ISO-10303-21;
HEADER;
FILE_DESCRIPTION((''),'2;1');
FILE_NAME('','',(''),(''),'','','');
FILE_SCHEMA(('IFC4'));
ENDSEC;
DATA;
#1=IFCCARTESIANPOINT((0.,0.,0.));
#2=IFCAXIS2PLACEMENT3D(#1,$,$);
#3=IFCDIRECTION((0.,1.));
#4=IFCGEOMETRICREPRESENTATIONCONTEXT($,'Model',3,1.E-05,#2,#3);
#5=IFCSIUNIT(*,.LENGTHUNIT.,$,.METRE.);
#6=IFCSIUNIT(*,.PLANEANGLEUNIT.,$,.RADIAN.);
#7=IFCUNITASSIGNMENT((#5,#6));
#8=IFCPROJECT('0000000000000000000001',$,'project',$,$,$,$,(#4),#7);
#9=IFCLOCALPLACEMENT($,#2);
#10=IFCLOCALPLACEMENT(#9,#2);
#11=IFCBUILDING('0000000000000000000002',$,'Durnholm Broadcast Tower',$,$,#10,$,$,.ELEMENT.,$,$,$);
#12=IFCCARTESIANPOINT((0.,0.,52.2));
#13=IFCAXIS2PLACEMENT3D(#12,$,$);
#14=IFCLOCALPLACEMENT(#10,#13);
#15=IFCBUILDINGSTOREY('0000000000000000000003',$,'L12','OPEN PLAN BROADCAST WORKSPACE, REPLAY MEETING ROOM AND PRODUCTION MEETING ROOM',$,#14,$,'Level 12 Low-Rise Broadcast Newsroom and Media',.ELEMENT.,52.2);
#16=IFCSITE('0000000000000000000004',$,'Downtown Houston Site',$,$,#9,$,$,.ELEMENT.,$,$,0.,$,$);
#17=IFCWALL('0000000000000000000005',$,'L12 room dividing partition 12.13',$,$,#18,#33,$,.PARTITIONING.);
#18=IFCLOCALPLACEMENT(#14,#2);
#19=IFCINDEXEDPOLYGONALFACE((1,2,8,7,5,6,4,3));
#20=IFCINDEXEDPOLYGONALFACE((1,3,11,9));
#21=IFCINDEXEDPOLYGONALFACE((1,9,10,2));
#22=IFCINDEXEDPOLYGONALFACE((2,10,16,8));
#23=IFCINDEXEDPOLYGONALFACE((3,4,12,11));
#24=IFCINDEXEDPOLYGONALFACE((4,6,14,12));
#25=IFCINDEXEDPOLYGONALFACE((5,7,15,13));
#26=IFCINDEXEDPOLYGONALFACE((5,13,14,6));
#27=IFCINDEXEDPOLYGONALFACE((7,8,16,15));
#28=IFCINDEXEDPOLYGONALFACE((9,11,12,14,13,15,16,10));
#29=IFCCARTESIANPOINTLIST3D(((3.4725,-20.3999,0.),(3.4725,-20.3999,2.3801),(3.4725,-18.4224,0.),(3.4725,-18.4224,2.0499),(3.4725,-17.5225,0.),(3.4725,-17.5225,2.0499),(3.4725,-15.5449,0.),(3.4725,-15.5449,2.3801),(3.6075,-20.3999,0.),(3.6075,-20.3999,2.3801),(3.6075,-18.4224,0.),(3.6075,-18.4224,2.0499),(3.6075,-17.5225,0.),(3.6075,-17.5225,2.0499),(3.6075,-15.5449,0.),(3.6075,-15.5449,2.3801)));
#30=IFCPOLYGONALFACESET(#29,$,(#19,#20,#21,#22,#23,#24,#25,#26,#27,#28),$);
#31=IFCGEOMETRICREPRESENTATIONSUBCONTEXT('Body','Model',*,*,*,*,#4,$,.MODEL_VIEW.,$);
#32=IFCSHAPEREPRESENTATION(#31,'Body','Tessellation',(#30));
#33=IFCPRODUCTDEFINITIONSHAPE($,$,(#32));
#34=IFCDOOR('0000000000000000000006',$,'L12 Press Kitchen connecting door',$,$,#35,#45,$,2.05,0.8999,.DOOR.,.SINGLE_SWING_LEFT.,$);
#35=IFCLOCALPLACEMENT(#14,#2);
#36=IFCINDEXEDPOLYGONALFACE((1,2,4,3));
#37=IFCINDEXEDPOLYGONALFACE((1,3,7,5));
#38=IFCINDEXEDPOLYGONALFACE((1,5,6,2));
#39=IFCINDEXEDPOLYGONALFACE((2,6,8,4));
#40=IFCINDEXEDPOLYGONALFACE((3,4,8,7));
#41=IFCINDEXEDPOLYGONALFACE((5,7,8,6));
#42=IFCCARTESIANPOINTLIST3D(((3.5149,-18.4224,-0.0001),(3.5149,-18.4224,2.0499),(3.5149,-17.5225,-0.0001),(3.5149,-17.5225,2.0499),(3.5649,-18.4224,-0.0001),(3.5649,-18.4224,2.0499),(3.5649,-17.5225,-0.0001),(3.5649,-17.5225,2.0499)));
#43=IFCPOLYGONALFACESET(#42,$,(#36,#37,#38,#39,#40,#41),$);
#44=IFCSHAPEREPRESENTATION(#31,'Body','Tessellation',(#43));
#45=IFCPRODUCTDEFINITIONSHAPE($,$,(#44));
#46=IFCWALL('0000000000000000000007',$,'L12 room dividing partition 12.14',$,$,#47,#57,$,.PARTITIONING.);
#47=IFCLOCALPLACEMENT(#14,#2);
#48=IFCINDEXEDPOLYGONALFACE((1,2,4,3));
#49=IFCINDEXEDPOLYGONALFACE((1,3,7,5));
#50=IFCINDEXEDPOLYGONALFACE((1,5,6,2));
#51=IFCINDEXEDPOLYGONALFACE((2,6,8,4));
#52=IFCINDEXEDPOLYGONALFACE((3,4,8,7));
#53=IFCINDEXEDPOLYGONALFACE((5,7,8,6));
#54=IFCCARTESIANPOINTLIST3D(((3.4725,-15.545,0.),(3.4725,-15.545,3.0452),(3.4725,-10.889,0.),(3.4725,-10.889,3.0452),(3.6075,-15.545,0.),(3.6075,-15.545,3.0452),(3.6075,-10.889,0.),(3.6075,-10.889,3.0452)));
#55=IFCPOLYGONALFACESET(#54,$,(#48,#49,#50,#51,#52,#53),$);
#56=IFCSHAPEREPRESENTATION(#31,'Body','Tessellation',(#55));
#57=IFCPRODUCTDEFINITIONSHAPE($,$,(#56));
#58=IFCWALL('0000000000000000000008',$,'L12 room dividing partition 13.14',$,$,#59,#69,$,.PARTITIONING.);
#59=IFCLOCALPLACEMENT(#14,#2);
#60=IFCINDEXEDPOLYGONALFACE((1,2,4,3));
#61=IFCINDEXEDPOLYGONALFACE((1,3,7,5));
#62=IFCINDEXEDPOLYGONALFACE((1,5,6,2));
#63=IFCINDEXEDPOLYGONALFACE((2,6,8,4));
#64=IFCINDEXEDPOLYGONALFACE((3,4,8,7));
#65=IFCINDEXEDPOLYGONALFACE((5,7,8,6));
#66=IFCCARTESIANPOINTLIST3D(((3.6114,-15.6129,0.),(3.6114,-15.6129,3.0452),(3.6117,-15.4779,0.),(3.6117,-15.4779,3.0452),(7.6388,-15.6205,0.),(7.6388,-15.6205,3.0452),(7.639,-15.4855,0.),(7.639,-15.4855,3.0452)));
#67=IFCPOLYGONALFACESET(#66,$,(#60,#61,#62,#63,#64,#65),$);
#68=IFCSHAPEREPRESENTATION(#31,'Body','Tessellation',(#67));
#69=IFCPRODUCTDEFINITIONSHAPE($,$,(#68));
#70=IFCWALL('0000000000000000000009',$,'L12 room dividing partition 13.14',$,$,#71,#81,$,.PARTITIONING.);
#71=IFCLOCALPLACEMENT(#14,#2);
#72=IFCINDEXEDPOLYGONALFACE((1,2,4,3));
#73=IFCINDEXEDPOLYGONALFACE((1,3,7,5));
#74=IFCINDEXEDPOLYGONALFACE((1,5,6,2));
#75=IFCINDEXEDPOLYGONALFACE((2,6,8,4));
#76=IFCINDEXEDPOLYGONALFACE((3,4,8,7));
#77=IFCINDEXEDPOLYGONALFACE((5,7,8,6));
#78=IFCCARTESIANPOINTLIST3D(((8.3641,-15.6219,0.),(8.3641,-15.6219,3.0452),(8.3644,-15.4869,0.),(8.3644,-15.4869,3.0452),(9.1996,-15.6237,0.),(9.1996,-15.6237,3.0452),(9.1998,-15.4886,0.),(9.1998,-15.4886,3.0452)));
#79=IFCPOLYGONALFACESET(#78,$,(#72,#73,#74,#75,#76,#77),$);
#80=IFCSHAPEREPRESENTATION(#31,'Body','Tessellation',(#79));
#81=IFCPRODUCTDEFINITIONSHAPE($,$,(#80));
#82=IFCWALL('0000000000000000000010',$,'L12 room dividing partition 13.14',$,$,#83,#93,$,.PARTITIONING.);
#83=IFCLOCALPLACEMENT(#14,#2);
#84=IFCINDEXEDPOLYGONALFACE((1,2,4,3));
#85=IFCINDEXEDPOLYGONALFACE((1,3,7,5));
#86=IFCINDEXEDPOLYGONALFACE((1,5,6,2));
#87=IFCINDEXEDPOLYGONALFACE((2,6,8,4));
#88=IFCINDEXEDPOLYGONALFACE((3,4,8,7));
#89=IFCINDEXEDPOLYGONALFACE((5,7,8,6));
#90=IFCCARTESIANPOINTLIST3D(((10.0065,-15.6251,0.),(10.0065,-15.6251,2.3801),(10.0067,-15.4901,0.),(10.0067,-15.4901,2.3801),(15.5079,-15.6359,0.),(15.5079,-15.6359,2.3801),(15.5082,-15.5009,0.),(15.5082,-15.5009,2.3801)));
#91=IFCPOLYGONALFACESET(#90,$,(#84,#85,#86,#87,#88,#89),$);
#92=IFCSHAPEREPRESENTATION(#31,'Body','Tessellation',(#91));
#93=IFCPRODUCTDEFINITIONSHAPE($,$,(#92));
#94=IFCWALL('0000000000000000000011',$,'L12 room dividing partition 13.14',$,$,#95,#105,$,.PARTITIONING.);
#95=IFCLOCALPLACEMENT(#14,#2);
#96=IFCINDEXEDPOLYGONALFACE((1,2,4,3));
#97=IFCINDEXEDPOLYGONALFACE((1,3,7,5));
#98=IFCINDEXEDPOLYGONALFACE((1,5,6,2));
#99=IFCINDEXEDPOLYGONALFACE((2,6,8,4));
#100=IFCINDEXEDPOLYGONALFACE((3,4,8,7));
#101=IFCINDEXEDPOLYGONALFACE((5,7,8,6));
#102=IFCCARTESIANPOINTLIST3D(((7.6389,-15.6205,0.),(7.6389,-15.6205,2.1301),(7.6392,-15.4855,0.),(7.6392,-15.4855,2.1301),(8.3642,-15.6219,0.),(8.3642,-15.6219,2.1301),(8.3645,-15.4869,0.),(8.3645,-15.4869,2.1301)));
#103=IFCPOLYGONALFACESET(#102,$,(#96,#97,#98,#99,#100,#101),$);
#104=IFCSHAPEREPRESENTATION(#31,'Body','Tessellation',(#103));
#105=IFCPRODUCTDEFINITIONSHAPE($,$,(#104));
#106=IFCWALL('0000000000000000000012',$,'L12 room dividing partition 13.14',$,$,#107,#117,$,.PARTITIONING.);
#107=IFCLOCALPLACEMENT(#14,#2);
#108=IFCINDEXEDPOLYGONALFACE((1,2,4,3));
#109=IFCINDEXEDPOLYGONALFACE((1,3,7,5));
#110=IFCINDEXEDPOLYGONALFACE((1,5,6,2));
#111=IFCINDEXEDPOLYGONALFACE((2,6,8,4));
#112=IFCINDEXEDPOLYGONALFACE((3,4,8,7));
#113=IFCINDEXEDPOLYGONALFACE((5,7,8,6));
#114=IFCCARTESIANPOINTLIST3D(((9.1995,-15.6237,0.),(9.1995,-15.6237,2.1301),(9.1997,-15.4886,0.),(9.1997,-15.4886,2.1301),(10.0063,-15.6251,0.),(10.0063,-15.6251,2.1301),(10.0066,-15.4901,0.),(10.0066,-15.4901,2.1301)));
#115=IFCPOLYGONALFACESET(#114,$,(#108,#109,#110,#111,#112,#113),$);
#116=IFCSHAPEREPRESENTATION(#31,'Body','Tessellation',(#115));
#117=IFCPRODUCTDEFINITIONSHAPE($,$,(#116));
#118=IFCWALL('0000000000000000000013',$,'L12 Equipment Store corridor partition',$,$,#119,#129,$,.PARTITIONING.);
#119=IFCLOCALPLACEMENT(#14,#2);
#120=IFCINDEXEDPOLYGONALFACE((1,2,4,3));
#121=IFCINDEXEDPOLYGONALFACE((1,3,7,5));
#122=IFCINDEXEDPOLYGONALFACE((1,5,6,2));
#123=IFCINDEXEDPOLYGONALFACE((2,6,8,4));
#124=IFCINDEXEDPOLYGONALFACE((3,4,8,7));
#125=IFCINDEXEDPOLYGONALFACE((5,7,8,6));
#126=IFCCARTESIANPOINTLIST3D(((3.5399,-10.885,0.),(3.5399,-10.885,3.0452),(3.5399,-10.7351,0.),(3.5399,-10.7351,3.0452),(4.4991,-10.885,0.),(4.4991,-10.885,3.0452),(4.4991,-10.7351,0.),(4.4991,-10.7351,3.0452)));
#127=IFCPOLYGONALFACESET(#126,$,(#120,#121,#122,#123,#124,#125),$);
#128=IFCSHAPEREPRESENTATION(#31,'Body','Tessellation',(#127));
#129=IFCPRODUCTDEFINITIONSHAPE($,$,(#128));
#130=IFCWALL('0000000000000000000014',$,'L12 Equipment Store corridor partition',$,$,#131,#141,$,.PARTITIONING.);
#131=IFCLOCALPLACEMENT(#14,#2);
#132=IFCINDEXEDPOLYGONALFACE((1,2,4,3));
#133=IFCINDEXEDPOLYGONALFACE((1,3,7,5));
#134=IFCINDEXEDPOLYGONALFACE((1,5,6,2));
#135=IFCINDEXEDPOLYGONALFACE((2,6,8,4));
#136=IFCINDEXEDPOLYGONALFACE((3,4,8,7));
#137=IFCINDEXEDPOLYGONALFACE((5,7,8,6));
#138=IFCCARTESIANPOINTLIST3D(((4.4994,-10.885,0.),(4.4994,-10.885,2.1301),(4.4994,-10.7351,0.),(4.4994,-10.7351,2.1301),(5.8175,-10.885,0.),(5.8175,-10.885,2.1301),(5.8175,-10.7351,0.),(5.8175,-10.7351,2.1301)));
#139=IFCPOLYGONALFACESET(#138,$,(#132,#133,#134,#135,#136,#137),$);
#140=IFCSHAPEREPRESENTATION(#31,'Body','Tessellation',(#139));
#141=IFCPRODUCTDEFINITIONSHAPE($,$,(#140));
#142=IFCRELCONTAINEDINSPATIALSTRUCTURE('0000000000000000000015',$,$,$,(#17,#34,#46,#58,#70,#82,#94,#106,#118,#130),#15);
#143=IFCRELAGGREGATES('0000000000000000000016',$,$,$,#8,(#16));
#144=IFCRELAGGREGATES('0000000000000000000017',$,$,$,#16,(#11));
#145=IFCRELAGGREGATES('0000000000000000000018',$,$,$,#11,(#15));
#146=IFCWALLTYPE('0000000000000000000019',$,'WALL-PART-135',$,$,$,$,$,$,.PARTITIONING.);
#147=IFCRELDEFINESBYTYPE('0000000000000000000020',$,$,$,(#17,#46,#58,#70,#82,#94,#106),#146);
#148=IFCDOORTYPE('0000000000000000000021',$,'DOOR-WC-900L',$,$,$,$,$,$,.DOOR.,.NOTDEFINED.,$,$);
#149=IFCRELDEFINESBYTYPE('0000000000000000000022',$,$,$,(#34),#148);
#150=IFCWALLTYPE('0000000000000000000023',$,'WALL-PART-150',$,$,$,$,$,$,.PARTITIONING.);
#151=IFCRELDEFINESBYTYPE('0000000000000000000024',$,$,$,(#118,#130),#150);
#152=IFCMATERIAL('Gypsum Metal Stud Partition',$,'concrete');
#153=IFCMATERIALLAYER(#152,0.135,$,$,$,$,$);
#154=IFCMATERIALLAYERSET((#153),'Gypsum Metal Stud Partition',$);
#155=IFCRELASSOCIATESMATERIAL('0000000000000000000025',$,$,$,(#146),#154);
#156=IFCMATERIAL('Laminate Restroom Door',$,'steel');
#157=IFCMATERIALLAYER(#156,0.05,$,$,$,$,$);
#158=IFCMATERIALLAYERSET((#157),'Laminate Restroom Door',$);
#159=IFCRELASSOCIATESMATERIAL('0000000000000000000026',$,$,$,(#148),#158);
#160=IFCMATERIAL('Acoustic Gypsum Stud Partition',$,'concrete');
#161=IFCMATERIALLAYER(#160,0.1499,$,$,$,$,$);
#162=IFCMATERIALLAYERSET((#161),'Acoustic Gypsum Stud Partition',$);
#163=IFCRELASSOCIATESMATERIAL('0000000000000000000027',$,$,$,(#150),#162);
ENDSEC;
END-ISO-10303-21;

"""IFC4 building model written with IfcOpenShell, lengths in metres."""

from ifc_helpers import new_model, si_unit, direction, frame, frame_2d, origin, place, context, subcontext, project, spatial, rectangle, extrude, source, transform, mapped, material, layer, layer_set, type_object, type_shapes, element, fill, save


model = new_model("IFC4")

# Units and contexts
model_context = context("Model", 3, precision=1e-05, world=origin(), true_north=direction((0.0, 1.0)))
body_context = subcontext(model_context, "Body", "Model", "MODEL_VIEW")
ifc_project = project(units=[si_unit("LENGTHUNIT", "METRE"), si_unit("PLANEANGLEUNIT", "RADIAN")], contexts=[model_context])

# Site, building, storey
site_placement = place(None, origin())
site = spatial("IfcSite", under=ifc_project, at=site_placement, Name="Downtown Houston Site", CompositionType="ELEMENT", RefElevation=0.0)
building_placement = place(site_placement, origin())
building = spatial("IfcBuilding", under=site, at=building_placement, Name="Durnholm Broadcast Tower", CompositionType="ELEMENT")
storey_placement = place(building_placement, frame((0.0, 0.0, 52.2)))
storey = spatial("IfcBuildingStorey", under=building, at=storey_placement, Name="L12", Description="OPEN PLAN BROADCAST WORKSPACE, REPLAY MEETING ROOM AND PRODUCTION MEETING ROOM", LongName="Level 12 Low-Rise Broadcast Newsroom and Media", CompositionType="ELEMENT", Elevation=52.2)

# Wall, opening, door
ifc_material_1 = material(Name="Gypsum Metal Stud Partition", Category="concrete")
ifc_layer_1 = layer(ifc_material_1, 0.135)
ifc_layer_set_1 = layer_set([ifc_layer_1], Name="Gypsum Metal Stud Partition")
wall_type_1 = type_object("IfcWallType", Name="WALL-PART-135", PredefinedType="PARTITIONING", material=ifc_layer_set_1)
wall_1_placement = place(storey_placement, frame((3.54, -15.5449, 0.0), z_axis=(0.0, 0.0, 1.0), x_axis=(0.0, -1.0, 0.0)))
wall_1 = element("IfcWall", 1, at=wall_1_placement, inside=storey, type_object=wall_type_1, Name="L12 room dividing partition 12.13", PredefinedType="PARTITIONING", context=body_context, shape_type="SweptSolid", body=[
    extrude(rectangle(XDim=4.855, YDim=0.135, at=frame_2d((2.4275, 0.0))), origin(), (0.0, 0.0, 1.0), 2.3801),
])
opening_placement = place(wall_1_placement, frame((1.9775, 0.0, 0.0)))
opening = element("IfcOpeningElement", 2, at=opening_placement, cuts=wall_1, PredefinedType="OPENING", context=body_context, shape_type="SweptSolid", body=[
    extrude(rectangle(XDim=0.8999, YDim=2.05, at=frame_2d((0.45, 1.0249))), frame((0.0, 0.0776, 0.0), z_axis=(0.0, -1.0, 0.0), x_axis=(1.0, 0.0, 0.0)), (0.0, 0.0, 1.0), 0.155),
])
ifc_material_2 = material(Name="Laminate Restroom Door", Category="steel")
ifc_layer_2 = layer(ifc_material_2, 0.05)
ifc_layer_set_2 = layer_set([ifc_layer_2], Name="Laminate Restroom Door")
door_type = type_object("IfcDoorType", Name="DOOR-WC-900L", OperationType="NOTDEFINED", PredefinedType="DOOR", material=ifc_layer_set_2)
shared_shape_1 = source(origin(), body_context, "Body", "SweptSolid", [
    extrude(rectangle(XDim=0.8999, YDim=2.05, at=frame_2d((0.45, 1.0249))), frame((0.0, 0.0249, 0.0), z_axis=(0.0, -1.0, 0.0), x_axis=(1.0, 0.0, 0.0)), (0.0, 0.0, 1.0), 0.05),
])
type_shapes(door_type, [shared_shape_1])
door_placement = place(opening_placement, origin())
door = element("IfcDoor", 3, at=door_placement, inside=storey, type_object=door_type, Name="L12 Press Kitchen connecting door", OperationType="SINGLE_SWING_LEFT", OverallHeight=2.05, OverallWidth=0.8999, PredefinedType="DOOR", context=body_context, shape_type="MappedRepresentation", body=[
    mapped(shared_shape_1, transform((0.0, 0.0, 0.0), x_axis=(1.0, 0.0, 0.0), y_axis=(0.0, 1.0, 0.0), z_axis=(0.0, 0.0, 1.0), scale=1.0)),
])
fill(opening, door)

# Walls
wall_2_placement = place(storey_placement, frame((3.54, -10.8889, 0.0), z_axis=(0.0, 0.0, 1.0), x_axis=(0.0, -1.0, 0.0)))
element("IfcWall", 4, at=wall_2_placement, inside=storey, type_object=wall_type_1, Name="L12 room dividing partition 12.14", PredefinedType="PARTITIONING", context=body_context, shape_type="SweptSolid", body=[
    extrude(rectangle(XDim=4.656, YDim=0.135, at=frame_2d((2.3281, 0.0))), origin(), (0.0, 0.0, 1.0), 3.0452),
])
wall_3_placement = place(storey_placement, frame((3.6116, -15.5454, 0.0), z_axis=(0.0, 0.0, 1.0), x_axis=(0.999998, -0.001879, 0.0)))
element("IfcWall", 5, at=wall_3_placement, inside=storey, type_object=wall_type_1, Name="L12 room dividing partition 13.14", PredefinedType="PARTITIONING", context=body_context, shape_type="SweptSolid", body=[
    extrude(rectangle(XDim=4.0273, YDim=0.135, at=frame_2d((2.0137, 0.0))), origin(), (0.0, 0.0, 1.0), 3.0452),
])
wall_4_placement = place(storey_placement, frame((8.3643, -15.5544, 0.0), z_axis=(0.0, 0.0, 1.0), x_axis=(0.999998, -0.002046, 0.0)))
element("IfcWall", 6, at=wall_4_placement, inside=storey, type_object=wall_type_1, Name="L12 room dividing partition 13.14", PredefinedType="PARTITIONING", context=body_context, shape_type="SweptSolid", body=[
    extrude(rectangle(XDim=0.8354, YDim=0.135, at=frame_2d((0.4177, 0.0))), origin(), (0.0, 0.0, 1.0), 3.0452),
])
wall_5_placement = place(storey_placement, frame((10.0066, -15.5576, 0.0), z_axis=(0.0, 0.0, 1.0), x_axis=(0.999998, -0.001953, 0.0)))
element("IfcWall", 7, at=wall_5_placement, inside=storey, type_object=wall_type_1, Name="L12 room dividing partition 13.14", PredefinedType="PARTITIONING", context=body_context, shape_type="SweptSolid", body=[
    extrude(rectangle(XDim=5.5015, YDim=0.135, at=frame_2d((2.7507, 0.0))), origin(), (0.0, 0.0, 1.0), 2.3801),
])
wall_6_placement = place(storey_placement, frame((7.6389, -15.553, 0.0), z_axis=(0.0, 0.0, 1.0), x_axis=(0.999998, -0.00202, 0.0)))
element("IfcWall", 8, at=wall_6_placement, inside=storey, type_object=wall_type_1, Name="L12 room dividing partition 13.14", PredefinedType="PARTITIONING", context=body_context, shape_type="SweptSolid", body=[
    extrude(rectangle(XDim=0.7253, YDim=0.135, at=frame_2d((0.3628, 0.0))), origin(), (0.0, 0.0, 1.0), 2.1301),
])
wall_7_placement = place(storey_placement, frame((9.1997, -15.5562, 0.0), z_axis=(0.0, 0.0, 1.0), x_axis=(0.999998, -0.001815, 0.0)))
element("IfcWall", 9, at=wall_7_placement, inside=storey, type_object=wall_type_1, Name="L12 room dividing partition 13.14", PredefinedType="PARTITIONING", context=body_context, shape_type="SweptSolid", body=[
    extrude(rectangle(XDim=0.8069, YDim=0.135, at=frame_2d((0.4033, 0.0))), origin(), (0.0, 0.0, 1.0), 2.1301),
])
ifc_material_3 = material(Name="Acoustic Gypsum Stud Partition", Category="concrete")
ifc_layer_3 = layer(ifc_material_3, 0.1499)
ifc_layer_set_3 = layer_set([ifc_layer_3], Name="Acoustic Gypsum Stud Partition")
wall_type_2 = type_object("IfcWallType", Name="WALL-PART-150", PredefinedType="PARTITIONING", material=ifc_layer_set_3)
wall_8_placement = place(storey_placement, frame((3.54, -10.8101, 0.0), z_axis=(0.0, 0.0, 1.0), x_axis=(1.0, 0.0, 0.0)))
element("IfcWall", 10, at=wall_8_placement, inside=storey, type_object=wall_type_2, Name="L12 Equipment Store corridor partition", PredefinedType="PARTITIONING", context=body_context, shape_type="SweptSolid", body=[
    extrude(rectangle(XDim=0.9592, YDim=0.1499, at=frame_2d((0.4795, 0.0))), origin(), (0.0, 0.0, 1.0), 3.0452),
])
wall_9_placement = place(storey_placement, frame((4.4993, -10.8101, 0.0), z_axis=(0.0, 0.0, 1.0), x_axis=(1.0, 0.0, 0.0)))
element("IfcWall", 11, at=wall_9_placement, inside=storey, type_object=wall_type_2, Name="L12 Equipment Store corridor partition", PredefinedType="PARTITIONING", context=body_context, shape_type="SweptSolid", body=[
    extrude(rectangle(XDim=1.3181, YDim=0.1499, at=frame_2d((0.6592, 0.0))), origin(), (0.0, 0.0, 1.0), 2.1301),
])

save(model, "model.ifc")
